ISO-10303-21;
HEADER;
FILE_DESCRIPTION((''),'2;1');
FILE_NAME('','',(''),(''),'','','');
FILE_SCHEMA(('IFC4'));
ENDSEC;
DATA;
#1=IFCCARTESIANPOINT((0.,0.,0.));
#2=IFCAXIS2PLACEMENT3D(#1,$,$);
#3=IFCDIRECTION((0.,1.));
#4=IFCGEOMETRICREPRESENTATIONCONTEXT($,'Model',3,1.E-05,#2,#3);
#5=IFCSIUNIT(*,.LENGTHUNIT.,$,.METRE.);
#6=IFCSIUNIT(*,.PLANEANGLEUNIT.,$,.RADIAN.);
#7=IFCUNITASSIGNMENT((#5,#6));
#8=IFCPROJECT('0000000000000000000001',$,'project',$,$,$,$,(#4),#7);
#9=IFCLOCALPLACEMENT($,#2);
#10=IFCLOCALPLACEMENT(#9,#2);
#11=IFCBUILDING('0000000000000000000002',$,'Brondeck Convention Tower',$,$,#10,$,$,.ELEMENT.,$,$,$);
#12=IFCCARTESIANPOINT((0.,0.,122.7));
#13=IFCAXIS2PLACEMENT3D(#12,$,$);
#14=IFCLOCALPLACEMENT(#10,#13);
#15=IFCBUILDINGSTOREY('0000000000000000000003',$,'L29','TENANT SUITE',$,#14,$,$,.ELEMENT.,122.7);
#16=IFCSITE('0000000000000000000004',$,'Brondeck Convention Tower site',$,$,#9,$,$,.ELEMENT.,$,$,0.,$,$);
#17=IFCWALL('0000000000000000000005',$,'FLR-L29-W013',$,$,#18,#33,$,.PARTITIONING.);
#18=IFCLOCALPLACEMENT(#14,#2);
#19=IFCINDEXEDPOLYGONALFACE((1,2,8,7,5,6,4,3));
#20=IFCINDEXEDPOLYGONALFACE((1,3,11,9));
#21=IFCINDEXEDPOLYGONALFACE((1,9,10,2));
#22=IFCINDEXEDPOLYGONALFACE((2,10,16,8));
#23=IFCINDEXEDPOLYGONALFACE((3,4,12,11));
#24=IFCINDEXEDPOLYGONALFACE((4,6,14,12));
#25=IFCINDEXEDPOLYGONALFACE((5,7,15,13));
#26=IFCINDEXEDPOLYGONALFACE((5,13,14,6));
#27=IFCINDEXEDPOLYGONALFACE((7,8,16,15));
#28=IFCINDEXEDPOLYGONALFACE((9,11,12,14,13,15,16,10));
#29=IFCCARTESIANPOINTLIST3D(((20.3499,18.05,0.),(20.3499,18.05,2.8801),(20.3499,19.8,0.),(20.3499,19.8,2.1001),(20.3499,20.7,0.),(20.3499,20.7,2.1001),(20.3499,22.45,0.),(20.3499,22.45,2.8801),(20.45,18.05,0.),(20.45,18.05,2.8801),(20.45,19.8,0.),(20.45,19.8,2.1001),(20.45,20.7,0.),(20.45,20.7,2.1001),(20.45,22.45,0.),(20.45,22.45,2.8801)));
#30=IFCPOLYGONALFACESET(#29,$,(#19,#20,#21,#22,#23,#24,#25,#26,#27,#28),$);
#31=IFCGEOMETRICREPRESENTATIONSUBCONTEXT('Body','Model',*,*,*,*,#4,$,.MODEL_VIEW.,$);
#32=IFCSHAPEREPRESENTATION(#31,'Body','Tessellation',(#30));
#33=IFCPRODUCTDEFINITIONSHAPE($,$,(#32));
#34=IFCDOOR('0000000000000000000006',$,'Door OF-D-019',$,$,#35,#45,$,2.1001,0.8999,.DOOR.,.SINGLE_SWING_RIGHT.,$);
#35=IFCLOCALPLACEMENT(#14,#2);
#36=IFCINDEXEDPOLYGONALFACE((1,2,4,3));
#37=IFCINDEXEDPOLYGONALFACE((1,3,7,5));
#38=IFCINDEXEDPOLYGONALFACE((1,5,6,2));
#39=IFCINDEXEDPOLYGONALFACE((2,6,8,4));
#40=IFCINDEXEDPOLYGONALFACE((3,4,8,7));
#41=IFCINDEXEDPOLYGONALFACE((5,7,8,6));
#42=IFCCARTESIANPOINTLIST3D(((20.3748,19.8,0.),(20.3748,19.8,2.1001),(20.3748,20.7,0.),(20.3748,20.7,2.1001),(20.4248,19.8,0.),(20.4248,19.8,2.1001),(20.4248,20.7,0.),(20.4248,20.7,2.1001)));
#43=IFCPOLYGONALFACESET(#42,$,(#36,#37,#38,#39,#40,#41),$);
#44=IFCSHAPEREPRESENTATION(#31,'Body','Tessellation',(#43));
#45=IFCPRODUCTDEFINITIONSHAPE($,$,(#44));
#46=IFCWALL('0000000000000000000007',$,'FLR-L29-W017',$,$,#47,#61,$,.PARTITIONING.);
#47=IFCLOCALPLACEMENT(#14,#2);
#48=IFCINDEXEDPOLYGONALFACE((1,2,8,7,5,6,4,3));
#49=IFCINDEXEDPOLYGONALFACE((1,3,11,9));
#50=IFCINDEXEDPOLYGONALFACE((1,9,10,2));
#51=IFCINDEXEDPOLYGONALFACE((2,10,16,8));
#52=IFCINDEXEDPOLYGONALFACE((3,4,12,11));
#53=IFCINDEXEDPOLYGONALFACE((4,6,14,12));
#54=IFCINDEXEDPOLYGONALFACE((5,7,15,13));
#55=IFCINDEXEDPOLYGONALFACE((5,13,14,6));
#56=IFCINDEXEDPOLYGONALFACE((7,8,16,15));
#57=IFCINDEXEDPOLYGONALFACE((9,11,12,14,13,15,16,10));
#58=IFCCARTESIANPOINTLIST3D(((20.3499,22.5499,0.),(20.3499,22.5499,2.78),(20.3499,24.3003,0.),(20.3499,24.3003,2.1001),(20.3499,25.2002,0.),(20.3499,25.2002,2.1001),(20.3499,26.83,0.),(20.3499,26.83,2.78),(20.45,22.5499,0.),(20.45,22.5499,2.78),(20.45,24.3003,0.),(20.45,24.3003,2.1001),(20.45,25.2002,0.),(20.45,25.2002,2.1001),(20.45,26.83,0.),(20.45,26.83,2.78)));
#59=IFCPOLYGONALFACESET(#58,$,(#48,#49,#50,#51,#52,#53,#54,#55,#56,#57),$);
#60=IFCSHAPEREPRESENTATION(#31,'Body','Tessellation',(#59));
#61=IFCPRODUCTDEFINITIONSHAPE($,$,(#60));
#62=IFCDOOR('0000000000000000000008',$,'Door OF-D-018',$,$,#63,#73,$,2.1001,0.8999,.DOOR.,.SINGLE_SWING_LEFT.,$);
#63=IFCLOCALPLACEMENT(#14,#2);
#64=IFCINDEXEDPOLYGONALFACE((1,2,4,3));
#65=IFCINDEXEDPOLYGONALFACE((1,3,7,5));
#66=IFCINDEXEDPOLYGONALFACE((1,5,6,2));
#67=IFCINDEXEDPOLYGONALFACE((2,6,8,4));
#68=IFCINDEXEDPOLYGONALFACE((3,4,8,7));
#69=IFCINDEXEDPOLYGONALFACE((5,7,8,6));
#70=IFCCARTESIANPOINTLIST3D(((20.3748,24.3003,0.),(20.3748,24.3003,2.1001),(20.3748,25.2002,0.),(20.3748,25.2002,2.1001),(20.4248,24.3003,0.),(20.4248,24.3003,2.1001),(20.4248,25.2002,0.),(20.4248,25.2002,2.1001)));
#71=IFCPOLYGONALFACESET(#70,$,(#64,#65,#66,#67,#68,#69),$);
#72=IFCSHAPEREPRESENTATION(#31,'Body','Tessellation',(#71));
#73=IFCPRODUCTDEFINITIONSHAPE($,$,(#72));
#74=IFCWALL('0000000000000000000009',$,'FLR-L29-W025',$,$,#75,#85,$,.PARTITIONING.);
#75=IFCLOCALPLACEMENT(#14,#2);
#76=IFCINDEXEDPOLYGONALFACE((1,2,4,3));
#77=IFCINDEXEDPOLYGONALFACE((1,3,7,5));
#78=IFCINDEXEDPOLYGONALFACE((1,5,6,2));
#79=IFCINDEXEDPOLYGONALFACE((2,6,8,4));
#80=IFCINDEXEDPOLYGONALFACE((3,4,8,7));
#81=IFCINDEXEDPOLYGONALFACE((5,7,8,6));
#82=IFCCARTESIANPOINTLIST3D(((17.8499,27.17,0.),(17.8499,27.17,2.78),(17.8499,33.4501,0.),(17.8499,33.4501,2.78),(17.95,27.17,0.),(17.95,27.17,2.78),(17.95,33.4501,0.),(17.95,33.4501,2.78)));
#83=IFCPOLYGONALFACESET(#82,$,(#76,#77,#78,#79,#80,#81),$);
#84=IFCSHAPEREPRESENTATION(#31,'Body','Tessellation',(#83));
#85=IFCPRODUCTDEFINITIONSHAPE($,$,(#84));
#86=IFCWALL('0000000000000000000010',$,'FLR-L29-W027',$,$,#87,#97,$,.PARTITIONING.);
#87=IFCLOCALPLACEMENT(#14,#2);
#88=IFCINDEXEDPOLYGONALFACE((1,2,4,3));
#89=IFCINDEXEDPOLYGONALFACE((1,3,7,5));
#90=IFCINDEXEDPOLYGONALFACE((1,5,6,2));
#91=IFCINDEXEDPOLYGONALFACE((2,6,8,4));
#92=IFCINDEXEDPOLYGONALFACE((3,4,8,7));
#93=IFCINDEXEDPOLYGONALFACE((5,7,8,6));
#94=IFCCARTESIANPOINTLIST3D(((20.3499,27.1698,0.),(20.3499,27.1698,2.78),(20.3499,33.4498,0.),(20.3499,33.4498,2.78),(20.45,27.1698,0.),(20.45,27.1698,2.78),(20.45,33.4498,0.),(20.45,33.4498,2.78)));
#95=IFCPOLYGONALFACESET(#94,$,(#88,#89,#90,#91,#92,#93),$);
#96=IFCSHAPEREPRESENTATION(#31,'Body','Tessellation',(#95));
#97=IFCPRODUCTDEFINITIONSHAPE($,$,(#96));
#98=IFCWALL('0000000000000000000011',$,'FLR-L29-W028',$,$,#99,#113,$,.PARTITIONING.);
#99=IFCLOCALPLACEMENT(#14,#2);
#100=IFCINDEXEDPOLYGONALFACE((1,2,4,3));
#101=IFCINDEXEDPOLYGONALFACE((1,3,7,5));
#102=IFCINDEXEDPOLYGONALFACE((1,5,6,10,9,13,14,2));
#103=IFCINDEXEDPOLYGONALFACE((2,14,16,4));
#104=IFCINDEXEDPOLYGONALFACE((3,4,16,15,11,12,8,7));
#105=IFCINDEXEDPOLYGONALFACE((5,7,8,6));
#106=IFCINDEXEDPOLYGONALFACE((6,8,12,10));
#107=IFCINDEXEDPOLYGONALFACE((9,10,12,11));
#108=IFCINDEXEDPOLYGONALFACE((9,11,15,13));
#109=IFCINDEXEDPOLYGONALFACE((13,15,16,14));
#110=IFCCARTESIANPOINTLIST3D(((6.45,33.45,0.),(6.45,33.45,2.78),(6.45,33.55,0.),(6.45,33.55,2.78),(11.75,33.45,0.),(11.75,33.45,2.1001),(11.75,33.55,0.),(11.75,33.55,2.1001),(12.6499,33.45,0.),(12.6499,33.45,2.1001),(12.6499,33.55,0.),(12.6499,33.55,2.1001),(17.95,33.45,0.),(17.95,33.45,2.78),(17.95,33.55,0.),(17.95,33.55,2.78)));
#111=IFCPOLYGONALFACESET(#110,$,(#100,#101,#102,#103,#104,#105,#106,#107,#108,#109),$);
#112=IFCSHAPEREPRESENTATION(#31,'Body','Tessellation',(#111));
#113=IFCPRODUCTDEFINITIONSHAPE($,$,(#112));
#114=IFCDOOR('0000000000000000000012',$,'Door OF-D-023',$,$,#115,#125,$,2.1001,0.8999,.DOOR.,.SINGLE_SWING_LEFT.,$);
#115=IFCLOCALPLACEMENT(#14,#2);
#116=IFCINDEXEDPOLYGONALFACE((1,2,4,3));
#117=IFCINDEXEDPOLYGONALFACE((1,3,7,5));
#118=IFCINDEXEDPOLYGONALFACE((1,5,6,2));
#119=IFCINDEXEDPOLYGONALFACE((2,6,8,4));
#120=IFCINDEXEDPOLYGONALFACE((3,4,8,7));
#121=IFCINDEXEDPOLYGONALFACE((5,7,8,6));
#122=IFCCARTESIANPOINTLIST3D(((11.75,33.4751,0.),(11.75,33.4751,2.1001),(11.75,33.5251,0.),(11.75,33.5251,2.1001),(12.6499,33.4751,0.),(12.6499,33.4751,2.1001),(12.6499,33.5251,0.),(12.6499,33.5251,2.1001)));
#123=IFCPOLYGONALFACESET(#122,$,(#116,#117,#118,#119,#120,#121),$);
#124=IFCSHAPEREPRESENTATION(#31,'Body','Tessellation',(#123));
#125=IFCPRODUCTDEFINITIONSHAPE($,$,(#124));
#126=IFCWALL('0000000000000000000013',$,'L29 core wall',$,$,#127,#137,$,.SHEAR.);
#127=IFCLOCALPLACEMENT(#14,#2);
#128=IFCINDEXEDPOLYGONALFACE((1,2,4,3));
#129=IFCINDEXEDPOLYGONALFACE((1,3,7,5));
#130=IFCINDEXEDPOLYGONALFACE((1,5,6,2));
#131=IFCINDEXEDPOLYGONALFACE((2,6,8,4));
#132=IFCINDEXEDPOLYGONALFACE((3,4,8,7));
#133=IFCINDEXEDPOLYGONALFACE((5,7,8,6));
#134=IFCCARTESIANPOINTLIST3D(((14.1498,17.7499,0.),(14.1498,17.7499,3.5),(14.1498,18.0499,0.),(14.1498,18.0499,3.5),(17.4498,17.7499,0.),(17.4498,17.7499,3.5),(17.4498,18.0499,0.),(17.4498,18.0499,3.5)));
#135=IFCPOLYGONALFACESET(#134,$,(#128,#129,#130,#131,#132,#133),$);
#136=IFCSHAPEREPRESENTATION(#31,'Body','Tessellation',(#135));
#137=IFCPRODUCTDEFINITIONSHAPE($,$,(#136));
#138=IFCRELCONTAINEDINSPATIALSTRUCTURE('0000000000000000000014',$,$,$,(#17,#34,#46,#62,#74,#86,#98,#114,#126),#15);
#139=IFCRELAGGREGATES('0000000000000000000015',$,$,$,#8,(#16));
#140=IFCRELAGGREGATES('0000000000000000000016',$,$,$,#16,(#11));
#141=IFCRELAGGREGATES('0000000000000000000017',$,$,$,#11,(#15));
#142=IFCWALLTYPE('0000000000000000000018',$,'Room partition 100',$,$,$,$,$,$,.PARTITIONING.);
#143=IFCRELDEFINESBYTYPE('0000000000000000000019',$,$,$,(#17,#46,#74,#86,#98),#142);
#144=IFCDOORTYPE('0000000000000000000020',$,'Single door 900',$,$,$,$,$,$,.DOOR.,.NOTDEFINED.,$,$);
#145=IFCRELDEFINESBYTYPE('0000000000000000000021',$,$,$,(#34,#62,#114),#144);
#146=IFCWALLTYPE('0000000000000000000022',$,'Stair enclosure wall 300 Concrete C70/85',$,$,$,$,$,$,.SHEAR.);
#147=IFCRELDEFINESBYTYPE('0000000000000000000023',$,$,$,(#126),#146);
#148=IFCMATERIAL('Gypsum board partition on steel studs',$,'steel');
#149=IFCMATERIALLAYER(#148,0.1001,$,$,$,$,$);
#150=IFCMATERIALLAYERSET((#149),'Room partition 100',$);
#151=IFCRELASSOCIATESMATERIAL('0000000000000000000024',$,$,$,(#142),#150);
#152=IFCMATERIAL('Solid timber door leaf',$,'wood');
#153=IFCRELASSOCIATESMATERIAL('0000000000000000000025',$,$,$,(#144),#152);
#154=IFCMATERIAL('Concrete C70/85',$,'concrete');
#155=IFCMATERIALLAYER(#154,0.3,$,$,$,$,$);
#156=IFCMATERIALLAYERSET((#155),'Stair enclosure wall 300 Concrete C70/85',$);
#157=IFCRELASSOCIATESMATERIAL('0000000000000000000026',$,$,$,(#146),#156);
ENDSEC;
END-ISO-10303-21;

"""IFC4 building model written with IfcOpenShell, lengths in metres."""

from ifc_helpers import new_model, si_unit, direction, frame, frame_2d, origin, place, context, subcontext, project, spatial, rectangle, extrude, material, layer, layer_set, type_object, element, fill, save


model = new_model("IFC4")

# Units and contexts
model_context = context("Model", 3, precision=1e-05, world=origin(), true_north=direction((0.0, 1.0)))
body_context = subcontext(model_context, "Body", "Model", "MODEL_VIEW")
ifc_project = project(units=[si_unit("LENGTHUNIT", "METRE"), si_unit("PLANEANGLEUNIT", "RADIAN")], contexts=[model_context])

# Site, building, storey
site_placement = place(None, origin())
site = spatial("IfcSite", under=ifc_project, at=site_placement, Name="Brondeck Convention Tower site", CompositionType="ELEMENT", RefElevation=0.0)
building_placement = place(site_placement, origin())
building = spatial("IfcBuilding", under=site, at=building_placement, Name="Brondeck Convention Tower", CompositionType="ELEMENT")
storey_placement = place(building_placement, frame((0.0, 0.0, 122.7)))
storey = spatial("IfcBuildingStorey", under=building, at=storey_placement, Name="L29", Description="TENANT SUITE", CompositionType="ELEMENT", Elevation=122.7)

# Shared definitions
ifc_material_1 = material(Name="Concrete C70/85", Category="concrete")

# Shared definitions
ifc_material_2 = material(Name="Gypsum board partition on steel studs", Category="steel")
ifc_layer_1 = layer(ifc_material_2, 0.1001)
ifc_layer_set_1 = layer_set([ifc_layer_1], Name="Room partition 100")
wall_type_1 = type_object("IfcWallType", Name="Room partition 100", PredefinedType="PARTITIONING", material=ifc_layer_set_1)
ifc_material_3 = material(Name="Solid timber door leaf", Category="wood")
door_type_1 = type_object("IfcDoorType", Name="Single door 900", OperationType="NOTDEFINED", PredefinedType="DOOR", material=ifc_material_3)

# Walls, openings, doors
wall_1_placement = place(storey_placement, frame((20.3999, 22.45, 0.0), z_axis=(0.0, 0.0, 1.0), x_axis=(0.0, -1.0, 0.0)))
wall_1 = element("IfcWall", 1, at=wall_1_placement, inside=storey, type_object=wall_type_1, Name="FLR-L29-W013", PredefinedType="PARTITIONING", context=body_context, shape_type="SweptSolid", body=[
    extrude(rectangle(XDim=4.3999, YDim=0.1001, at=frame_2d((2.2, 0.0))), origin(), (0.0, 0.0, 1.0), 2.8801),
])
opening_1_placement = place(wall_1_placement, frame((1.75, 0.0, 0.0)))
opening_1 = element("IfcOpeningElement", 2, at=opening_1_placement, cuts=wall_1, PredefinedType="OPENING", context=body_context, shape_type="SweptSolid", body=[
    extrude(rectangle(XDim=0.8999, YDim=2.1001, at=frame_2d((0.45, 1.05))), frame((0.0, 0.0601, 0.0), z_axis=(0.0, -1.0, 0.0), x_axis=(1.0, 0.0, 0.0)), (0.0, 0.0, 1.0), 0.1201),
])
door_1_placement = place(opening_1_placement, origin())
door_1 = element("IfcDoor", 3, at=door_1_placement, inside=storey, type_object=door_type_1, Name="Door OF-D-019", OperationType="SINGLE_SWING_RIGHT", OverallHeight=2.1001, OverallWidth=0.8999, PredefinedType="DOOR", context=body_context, shape_type="SweptSolid", body=[
    extrude(rectangle(XDim=0.8999, YDim=2.1001, at=frame_2d((0.45, 1.05))), frame((0.0, 0.0249, 0.0), z_axis=(0.0, -1.0, 0.0), x_axis=(1.0, 0.0, 0.0)), (0.0, 0.0, 1.0), 0.05),
])
fill(opening_1, door_1)
wall_2_placement = place(storey_placement, frame((20.3999, 26.8301, 0.0), z_axis=(0.0, 0.0, 1.0), x_axis=(0.0, -1.0, 0.0)))
wall_2 = element("IfcWall", 4, at=wall_2_placement, inside=storey, type_object=wall_type_1, Name="FLR-L29-W017", PredefinedType="PARTITIONING", context=body_context, shape_type="SweptSolid", body=[
    extrude(rectangle(XDim=4.28, YDim=0.1001, at=frame_2d((2.1401, 0.0))), origin(), (0.0, 0.0, 1.0), 2.78),
])
opening_2_placement = place(wall_2_placement, frame((1.6299, 0.0, 0.0)))
opening_2 = element("IfcOpeningElement", 5, at=opening_2_placement, cuts=wall_2, PredefinedType="OPENING", context=body_context, shape_type="SweptSolid", body=[
    extrude(rectangle(XDim=0.8999, YDim=2.1001, at=frame_2d((0.45, 1.05))), frame((0.0, 0.0601, 0.0), z_axis=(0.0, -1.0, 0.0), x_axis=(1.0, 0.0, 0.0)), (0.0, 0.0, 1.0), 0.1201),
])
door_2_placement = place(opening_2_placement, origin())
door_2 = element("IfcDoor", 6, at=door_2_placement, inside=storey, type_object=door_type_1, Name="Door OF-D-018", OperationType="SINGLE_SWING_LEFT", OverallHeight=2.1001, OverallWidth=0.8999, PredefinedType="DOOR", context=body_context, shape_type="SweptSolid", body=[
    extrude(rectangle(XDim=0.8999, YDim=2.1001, at=frame_2d((0.45, 1.05))), frame((0.0, 0.0249, 0.0), z_axis=(0.0, -1.0, 0.0), x_axis=(1.0, 0.0, 0.0)), (0.0, 0.0, 1.0), 0.05),
])
fill(opening_2, door_2)

# Walls
for number, where, z_axis, x_axis, name in (
    (7, (17.8999, 27.1699, 0.0), (0.0, 0.0, 1.0), (0.0, 1.0, 0.0), "FLR-L29-W025"),
    (8, (20.3999, 33.45, 0.0), (0.0, 0.0, 1.0), (0.0, -1.0, 0.0), "FLR-L29-W027"),
):
    element("IfcWall", number, at=place(storey_placement, frame(where, z_axis=z_axis, x_axis=x_axis)), inside=storey, type_object=wall_type_1, Name=name, PredefinedType="PARTITIONING", context=body_context, shape_type="SweptSolid", body=[
        extrude(rectangle(XDim=6.28, YDim=0.1001, at=frame_2d((3.1401, 0.0))), origin(), (0.0, 0.0, 1.0), 2.78),
    ])

# Wall, opening, door
wall_3_placement = place(storey_placement, frame((17.95, 33.5, 0.0), z_axis=(0.0, 0.0, 1.0), x_axis=(-1.0, 0.0, 0.0)))
wall_3 = element("IfcWall", 9, at=wall_3_placement, inside=storey, type_object=wall_type_1, Name="FLR-L29-W028", PredefinedType="PARTITIONING", context=body_context, shape_type="SweptSolid", body=[
    extrude(rectangle(XDim=11.5, YDim=0.1001, at=frame_2d((5.75, 0.0))), origin(), (0.0, 0.0, 1.0), 2.78),
])
opening_3_placement = place(wall_3_placement, frame((5.3, 0.0, 0.0)))
opening_3 = element("IfcOpeningElement", 10, at=opening_3_placement, cuts=wall_3, PredefinedType="OPENING", context=body_context, shape_type="SweptSolid", body=[
    extrude(rectangle(XDim=0.8999, YDim=2.1001, at=frame_2d((0.45, 1.05))), frame((0.0, 0.0601, 0.0), z_axis=(0.0, -1.0, 0.0), x_axis=(1.0, 0.0, 0.0)), (0.0, 0.0, 1.0), 0.1201),
])
door_3_placement = place(opening_3_placement, origin())
door_3 = element("IfcDoor", 11, at=door_3_placement, inside=storey, type_object=door_type_1, Name="Door OF-D-023", OperationType="SINGLE_SWING_LEFT", OverallHeight=2.1001, OverallWidth=0.8999, PredefinedType="DOOR", context=body_context, shape_type="SweptSolid", body=[
    extrude(rectangle(XDim=0.8999, YDim=2.1001, at=frame_2d((0.45, 1.05))), frame((0.0, 0.0249, 0.0), z_axis=(0.0, -1.0, 0.0), x_axis=(1.0, 0.0, 0.0)), (0.0, 0.0, 1.0), 0.05),
])
fill(opening_3, door_3)

# Wall
ifc_layer_2 = layer(ifc_material_1, 0.3)
ifc_layer_set_2 = layer_set([ifc_layer_2], Name="Stair enclosure wall 300 Concrete C70/85")
wall_type_2 = type_object("IfcWallType", Name="Stair enclosure wall 300 Concrete C70/85", PredefinedType="SHEAR", material=ifc_layer_set_2)
wall_4_placement = place(storey_placement, frame((14.1499, 17.8999, 0.0), z_axis=(0.0, 0.0, 1.0), x_axis=(1.0, 0.0, 0.0)))
element("IfcWall", 12, at=wall_4_placement, inside=storey, type_object=wall_type_2, Name="L29 core wall", PredefinedType="SHEAR", context=body_context, shape_type="SweptSolid", body=[
    extrude(rectangle(XDim=3.3, YDim=0.3, at=frame_2d((1.6499, 0.0))), origin(), (0.0, 0.0, 1.0), 3.5),
])

save(model, "model.ifc")
